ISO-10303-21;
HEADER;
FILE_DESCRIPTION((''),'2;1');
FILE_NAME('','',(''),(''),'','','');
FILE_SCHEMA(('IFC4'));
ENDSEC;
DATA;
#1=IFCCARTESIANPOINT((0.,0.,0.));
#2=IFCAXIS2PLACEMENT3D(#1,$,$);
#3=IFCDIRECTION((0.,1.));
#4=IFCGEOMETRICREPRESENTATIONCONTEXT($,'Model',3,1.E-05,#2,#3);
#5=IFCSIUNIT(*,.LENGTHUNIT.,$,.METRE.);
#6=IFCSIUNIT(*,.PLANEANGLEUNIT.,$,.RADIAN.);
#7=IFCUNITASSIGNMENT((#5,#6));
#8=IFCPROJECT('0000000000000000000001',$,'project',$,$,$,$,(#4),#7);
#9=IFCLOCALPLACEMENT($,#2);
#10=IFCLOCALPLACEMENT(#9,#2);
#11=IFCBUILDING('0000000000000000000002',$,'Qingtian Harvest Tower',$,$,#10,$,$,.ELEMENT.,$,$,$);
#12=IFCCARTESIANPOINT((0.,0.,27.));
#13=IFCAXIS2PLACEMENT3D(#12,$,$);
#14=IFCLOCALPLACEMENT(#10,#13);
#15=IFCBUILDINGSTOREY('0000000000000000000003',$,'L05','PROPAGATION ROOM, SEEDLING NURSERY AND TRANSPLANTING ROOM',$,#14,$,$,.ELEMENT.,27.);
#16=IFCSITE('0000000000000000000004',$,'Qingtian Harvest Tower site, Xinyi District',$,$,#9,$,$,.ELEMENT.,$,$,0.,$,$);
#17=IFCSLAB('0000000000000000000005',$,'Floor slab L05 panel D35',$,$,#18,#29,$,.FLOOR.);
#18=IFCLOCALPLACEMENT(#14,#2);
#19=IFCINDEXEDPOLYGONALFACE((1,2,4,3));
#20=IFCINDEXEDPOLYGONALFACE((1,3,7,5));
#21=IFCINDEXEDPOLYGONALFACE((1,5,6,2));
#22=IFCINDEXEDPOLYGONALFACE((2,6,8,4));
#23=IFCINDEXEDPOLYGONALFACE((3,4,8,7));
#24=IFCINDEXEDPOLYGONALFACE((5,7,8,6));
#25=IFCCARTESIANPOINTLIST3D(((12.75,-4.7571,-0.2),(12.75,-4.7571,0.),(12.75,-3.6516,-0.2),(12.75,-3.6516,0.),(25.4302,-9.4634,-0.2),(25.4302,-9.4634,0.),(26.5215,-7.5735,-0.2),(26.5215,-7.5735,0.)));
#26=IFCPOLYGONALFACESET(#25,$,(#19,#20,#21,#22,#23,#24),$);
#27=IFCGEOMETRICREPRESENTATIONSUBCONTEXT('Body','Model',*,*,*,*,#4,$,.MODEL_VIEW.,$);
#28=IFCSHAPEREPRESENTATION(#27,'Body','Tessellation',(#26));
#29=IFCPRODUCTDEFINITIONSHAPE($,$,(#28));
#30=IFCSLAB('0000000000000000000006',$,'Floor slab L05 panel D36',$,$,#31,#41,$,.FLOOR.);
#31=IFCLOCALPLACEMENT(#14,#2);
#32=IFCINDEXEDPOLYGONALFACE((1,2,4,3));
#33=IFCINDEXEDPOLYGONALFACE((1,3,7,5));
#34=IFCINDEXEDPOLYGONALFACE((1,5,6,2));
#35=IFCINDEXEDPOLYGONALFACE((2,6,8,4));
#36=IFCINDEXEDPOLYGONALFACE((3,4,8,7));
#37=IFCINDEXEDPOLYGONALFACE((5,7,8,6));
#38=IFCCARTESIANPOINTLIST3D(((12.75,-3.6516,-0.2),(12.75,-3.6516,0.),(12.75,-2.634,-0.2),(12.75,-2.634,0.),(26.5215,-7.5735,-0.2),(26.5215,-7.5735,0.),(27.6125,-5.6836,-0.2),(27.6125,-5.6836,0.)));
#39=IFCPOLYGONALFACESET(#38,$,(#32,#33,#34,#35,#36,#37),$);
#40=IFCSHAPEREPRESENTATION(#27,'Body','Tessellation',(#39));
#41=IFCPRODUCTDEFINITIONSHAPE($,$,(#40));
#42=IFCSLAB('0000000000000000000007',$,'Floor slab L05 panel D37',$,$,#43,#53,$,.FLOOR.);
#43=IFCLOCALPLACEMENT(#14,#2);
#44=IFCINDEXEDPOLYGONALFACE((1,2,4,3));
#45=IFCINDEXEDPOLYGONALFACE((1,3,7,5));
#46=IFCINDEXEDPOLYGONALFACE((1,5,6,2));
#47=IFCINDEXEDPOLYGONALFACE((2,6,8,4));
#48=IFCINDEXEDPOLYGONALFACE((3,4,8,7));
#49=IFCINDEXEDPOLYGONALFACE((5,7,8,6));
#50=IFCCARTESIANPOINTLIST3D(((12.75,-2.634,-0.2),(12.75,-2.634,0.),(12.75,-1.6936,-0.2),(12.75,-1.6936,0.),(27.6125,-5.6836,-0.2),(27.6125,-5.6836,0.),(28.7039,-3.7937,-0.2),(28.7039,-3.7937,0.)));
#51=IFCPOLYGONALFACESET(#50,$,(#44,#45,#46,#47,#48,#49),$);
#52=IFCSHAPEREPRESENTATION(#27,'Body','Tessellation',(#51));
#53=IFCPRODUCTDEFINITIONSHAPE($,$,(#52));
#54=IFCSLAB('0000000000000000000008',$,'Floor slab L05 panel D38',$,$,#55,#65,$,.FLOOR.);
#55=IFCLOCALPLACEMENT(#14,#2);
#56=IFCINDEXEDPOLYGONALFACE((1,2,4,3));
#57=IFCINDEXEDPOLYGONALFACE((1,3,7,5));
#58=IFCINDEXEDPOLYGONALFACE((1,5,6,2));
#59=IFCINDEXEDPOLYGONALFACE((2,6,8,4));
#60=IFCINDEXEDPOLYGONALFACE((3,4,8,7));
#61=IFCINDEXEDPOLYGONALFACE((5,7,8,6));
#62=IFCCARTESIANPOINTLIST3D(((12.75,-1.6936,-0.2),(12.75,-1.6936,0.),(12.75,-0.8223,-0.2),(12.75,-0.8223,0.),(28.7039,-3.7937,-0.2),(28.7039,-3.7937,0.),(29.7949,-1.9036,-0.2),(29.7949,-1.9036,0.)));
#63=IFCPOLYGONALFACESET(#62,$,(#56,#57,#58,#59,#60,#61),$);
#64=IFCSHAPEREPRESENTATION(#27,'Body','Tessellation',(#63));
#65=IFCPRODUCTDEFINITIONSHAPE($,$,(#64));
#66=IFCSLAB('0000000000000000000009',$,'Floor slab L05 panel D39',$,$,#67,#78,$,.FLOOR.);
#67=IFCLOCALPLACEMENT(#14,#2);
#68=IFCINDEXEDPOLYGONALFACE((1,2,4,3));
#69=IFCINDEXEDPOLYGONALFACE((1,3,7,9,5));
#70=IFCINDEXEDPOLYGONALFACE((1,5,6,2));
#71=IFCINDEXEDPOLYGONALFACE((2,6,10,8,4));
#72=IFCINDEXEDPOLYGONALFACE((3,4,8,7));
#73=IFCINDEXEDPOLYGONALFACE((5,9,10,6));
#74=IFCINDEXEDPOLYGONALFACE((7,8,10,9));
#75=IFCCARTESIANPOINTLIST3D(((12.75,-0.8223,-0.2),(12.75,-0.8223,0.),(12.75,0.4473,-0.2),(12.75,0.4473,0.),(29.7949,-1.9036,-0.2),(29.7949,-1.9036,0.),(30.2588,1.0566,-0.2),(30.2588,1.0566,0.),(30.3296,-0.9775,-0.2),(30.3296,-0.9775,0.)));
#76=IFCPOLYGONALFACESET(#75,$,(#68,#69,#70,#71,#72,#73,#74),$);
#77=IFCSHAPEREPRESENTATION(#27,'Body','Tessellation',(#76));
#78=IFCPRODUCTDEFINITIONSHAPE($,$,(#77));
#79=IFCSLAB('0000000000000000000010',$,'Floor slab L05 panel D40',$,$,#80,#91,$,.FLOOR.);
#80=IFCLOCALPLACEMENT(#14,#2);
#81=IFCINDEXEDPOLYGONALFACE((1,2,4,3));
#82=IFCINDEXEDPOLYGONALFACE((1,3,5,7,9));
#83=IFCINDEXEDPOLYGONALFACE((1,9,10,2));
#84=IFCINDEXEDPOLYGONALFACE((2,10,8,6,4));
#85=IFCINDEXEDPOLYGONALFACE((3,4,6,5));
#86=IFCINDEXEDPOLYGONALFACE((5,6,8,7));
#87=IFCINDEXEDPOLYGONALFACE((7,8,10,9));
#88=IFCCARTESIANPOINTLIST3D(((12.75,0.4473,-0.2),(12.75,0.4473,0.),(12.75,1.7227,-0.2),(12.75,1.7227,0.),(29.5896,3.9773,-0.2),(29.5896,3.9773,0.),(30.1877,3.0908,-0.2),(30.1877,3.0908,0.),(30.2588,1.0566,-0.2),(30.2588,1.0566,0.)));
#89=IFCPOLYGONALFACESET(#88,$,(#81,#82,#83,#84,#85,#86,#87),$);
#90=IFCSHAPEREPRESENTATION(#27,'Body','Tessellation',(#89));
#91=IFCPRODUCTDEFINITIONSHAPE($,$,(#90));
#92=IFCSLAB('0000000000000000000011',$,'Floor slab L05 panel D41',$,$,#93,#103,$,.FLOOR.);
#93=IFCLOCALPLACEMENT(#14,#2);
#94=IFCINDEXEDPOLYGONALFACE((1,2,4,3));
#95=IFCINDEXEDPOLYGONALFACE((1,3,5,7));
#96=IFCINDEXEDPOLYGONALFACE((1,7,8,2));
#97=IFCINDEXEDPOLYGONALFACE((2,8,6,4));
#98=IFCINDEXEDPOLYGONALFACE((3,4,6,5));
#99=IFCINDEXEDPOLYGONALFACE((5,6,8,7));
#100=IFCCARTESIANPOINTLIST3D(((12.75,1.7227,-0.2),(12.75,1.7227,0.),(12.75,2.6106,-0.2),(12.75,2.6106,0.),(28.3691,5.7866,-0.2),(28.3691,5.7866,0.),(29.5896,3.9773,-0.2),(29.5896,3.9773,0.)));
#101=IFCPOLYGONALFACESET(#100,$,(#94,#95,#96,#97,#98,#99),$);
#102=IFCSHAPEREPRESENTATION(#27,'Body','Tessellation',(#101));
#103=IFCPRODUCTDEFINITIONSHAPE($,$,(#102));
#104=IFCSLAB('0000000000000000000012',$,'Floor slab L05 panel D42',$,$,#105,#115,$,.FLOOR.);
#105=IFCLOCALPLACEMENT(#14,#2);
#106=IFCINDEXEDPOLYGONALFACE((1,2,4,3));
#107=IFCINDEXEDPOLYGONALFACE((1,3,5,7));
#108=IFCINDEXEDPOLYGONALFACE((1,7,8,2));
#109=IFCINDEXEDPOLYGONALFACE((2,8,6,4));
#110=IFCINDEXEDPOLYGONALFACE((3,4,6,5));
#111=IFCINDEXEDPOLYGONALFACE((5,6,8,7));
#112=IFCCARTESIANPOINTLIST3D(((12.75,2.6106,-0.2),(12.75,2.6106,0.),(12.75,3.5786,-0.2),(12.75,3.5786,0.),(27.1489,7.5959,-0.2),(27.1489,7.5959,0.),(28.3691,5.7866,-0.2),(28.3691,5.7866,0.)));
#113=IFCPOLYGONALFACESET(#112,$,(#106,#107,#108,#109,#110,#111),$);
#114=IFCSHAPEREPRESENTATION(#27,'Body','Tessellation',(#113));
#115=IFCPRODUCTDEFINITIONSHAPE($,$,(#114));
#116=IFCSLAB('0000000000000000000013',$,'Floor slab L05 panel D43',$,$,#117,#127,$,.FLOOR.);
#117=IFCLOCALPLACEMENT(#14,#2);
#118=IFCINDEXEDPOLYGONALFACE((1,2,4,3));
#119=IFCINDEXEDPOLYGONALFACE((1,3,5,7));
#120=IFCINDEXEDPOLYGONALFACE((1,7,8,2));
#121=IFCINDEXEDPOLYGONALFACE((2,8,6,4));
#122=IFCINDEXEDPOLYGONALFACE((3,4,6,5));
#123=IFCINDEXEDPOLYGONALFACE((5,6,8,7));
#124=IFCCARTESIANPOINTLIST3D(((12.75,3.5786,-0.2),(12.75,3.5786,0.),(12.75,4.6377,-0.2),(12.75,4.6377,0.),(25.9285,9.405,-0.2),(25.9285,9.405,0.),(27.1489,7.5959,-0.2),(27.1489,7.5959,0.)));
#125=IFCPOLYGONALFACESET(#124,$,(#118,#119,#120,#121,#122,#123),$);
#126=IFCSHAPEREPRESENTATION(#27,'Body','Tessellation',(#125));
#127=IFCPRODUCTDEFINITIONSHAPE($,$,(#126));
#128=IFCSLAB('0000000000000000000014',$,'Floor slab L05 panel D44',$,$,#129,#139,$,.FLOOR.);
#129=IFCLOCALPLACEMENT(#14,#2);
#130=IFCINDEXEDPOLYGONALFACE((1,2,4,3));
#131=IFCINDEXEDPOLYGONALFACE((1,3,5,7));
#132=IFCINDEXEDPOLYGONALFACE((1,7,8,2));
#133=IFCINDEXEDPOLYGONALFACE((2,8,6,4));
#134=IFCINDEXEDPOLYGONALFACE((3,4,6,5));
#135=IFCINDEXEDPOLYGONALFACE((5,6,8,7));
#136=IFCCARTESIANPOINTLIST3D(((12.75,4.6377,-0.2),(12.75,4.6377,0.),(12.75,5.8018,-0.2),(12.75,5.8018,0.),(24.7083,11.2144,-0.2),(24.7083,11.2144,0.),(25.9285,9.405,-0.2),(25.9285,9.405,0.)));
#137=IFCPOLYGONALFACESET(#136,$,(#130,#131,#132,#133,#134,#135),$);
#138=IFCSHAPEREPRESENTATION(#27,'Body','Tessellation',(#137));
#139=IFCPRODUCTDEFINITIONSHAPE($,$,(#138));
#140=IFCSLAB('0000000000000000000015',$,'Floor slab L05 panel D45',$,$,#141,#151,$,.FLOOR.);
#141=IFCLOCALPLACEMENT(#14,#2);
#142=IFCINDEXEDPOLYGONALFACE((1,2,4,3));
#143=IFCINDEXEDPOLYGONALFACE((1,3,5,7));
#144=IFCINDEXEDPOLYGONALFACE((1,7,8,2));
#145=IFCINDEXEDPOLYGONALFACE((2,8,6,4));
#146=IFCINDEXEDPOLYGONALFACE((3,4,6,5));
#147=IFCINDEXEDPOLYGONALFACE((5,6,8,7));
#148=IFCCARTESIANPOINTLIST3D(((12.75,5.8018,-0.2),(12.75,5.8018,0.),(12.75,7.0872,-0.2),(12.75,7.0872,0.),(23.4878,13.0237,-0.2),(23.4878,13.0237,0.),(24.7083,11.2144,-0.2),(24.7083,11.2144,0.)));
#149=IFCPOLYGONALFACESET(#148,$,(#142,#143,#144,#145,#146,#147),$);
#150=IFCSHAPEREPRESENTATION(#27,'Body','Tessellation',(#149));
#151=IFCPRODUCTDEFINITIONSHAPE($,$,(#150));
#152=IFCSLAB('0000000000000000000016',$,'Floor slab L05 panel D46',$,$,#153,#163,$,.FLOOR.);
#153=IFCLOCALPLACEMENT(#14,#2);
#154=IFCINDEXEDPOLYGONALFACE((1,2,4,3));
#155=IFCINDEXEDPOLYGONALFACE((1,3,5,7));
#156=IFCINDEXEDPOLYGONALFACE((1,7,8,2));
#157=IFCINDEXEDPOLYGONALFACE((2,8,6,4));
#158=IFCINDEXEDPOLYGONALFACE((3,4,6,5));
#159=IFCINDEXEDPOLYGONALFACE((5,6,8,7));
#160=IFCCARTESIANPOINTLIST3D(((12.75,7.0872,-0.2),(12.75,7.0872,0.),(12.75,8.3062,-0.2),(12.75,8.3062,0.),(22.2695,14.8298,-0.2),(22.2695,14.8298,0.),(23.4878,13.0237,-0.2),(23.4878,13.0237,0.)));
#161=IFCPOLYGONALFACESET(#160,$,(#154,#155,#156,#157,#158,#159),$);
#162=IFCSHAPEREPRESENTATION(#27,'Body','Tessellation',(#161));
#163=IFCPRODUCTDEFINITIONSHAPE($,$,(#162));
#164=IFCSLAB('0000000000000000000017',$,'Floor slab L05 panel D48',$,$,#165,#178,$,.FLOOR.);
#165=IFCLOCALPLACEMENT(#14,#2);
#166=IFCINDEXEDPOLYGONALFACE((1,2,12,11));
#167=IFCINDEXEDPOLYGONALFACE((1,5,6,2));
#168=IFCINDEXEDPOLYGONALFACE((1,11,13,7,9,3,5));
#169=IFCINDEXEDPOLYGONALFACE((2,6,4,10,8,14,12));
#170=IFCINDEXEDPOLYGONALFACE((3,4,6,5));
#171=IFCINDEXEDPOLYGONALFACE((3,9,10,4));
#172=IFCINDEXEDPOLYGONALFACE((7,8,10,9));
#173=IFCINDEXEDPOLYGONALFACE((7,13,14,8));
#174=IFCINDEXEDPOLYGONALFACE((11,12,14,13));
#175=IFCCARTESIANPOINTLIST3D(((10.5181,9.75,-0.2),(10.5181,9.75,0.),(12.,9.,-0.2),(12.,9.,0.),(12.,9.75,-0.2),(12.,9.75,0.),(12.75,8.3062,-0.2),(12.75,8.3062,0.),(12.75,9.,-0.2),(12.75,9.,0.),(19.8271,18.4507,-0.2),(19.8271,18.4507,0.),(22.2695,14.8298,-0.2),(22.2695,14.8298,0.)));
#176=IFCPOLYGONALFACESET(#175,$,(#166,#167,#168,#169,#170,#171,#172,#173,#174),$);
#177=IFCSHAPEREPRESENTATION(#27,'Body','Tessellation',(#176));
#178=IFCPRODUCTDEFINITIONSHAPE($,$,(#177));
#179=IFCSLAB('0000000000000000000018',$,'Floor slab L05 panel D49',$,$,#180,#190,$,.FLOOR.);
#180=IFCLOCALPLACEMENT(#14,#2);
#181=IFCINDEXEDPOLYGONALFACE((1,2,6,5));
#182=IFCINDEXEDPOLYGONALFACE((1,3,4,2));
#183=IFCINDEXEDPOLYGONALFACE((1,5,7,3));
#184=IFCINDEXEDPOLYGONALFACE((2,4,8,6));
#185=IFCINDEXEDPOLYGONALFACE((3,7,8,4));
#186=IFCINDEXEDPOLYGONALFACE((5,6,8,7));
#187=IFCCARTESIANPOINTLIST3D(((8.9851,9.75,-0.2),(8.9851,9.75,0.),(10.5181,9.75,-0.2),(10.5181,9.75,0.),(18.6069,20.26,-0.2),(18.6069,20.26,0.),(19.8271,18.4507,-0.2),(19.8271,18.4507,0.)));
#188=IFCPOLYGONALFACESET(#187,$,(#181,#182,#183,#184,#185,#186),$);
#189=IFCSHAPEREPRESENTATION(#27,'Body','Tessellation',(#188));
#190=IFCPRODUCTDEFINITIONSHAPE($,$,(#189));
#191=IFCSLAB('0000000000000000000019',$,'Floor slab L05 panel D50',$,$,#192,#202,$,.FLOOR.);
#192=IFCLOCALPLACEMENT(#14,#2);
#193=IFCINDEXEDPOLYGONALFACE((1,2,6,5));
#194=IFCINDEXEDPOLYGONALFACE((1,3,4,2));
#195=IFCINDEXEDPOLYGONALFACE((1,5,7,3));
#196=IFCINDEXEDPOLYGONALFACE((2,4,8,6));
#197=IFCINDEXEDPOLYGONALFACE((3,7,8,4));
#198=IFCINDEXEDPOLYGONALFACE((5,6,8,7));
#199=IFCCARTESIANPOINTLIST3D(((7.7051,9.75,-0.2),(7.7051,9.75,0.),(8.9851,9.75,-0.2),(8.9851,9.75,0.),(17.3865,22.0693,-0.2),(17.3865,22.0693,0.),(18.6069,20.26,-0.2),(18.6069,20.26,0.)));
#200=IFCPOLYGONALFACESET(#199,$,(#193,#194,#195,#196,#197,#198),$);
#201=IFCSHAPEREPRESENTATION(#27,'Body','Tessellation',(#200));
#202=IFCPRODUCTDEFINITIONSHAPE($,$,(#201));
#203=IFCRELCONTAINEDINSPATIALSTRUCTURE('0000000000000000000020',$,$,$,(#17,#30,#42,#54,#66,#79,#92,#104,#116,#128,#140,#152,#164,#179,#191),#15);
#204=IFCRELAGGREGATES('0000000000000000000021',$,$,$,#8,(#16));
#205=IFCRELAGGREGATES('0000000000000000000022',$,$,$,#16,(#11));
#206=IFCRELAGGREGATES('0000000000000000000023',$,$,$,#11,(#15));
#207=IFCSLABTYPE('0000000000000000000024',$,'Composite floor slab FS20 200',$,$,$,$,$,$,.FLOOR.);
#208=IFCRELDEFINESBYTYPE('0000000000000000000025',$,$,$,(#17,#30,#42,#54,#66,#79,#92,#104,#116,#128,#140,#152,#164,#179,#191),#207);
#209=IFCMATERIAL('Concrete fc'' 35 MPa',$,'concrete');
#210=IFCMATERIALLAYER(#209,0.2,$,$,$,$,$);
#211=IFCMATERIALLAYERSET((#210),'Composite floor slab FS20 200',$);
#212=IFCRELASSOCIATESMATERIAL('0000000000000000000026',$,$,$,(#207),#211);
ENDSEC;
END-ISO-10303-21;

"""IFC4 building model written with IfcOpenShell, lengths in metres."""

from ifc_helpers import new_model, si_unit, direction, frame, origin, place, context, subcontext, project, spatial, polyline, outline, extrude, material, layer, layer_set, type_object, element, save


model = new_model("IFC4")

# Units and contexts
model_context = context("Model", 3, precision=1e-05, world=origin(), true_north=direction((0.0, 1.0)))
body_context = subcontext(model_context, "Body", "Model", "MODEL_VIEW")
ifc_project = project(units=[si_unit("LENGTHUNIT", "METRE"), si_unit("PLANEANGLEUNIT", "RADIAN")], contexts=[model_context])

# Site, building, storey
site_placement = place(None, origin())
site = spatial("IfcSite", under=ifc_project, at=site_placement, Name="Qingtian Harvest Tower site, Xinyi District", CompositionType="ELEMENT", RefElevation=0.0)
building_placement = place(site_placement, origin())
building = spatial("IfcBuilding", under=site, at=building_placement, Name="Qingtian Harvest Tower", CompositionType="ELEMENT")
storey_placement = place(building_placement, frame((0.0, 0.0, 27.0)))
storey = spatial("IfcBuildingStorey", under=building, at=storey_placement, Name="L05", Description="PROPAGATION ROOM, SEEDLING NURSERY AND TRANSPLANTING ROOM", CompositionType="ELEMENT", Elevation=27.0)

# Slabs
ifc_material_1 = material(Name="Concrete fc' 35 MPa", Category="concrete")
ifc_layer_1 = layer(ifc_material_1, 0.2)
ifc_layer_set_1 = layer_set([ifc_layer_1], Name="Composite floor slab FS20 200")
slab_type = type_object("IfcSlabType", Name="Composite floor slab FS20 200", PredefinedType="FLOOR", material=ifc_layer_set_1)
slab_1_placement = place(storey_placement, frame((0.0, 0.0, -0.2)))
element("IfcSlab", 1, at=slab_1_placement, inside=storey, type_object=slab_type, Name="Floor slab L05 panel D35", PredefinedType="FLOOR", context=body_context, shape_type="SweptSolid", body=[
    extrude(outline(polyline([(12.75, -3.6516), (26.5215, -7.5735), (25.4302, -9.4634), (12.75, -4.7571), (12.75, -3.6516)])), origin(), (0.0, 0.0, 1.0), 0.2),
])
slab_2_placement = place(storey_placement, frame((0.0, 0.0, -0.2)))
element("IfcSlab", 2, at=slab_2_placement, inside=storey, type_object=slab_type, Name="Floor slab L05 panel D36", PredefinedType="FLOOR", context=body_context, shape_type="SweptSolid", body=[
    extrude(outline(polyline([(12.75, -2.634), (27.6125, -5.6836), (26.5215, -7.5735), (12.75, -3.6516), (12.75, -2.634)])), origin(), (0.0, 0.0, 1.0), 0.2),
])
slab_3_placement = place(storey_placement, frame((0.0, 0.0, -0.2)))
element("IfcSlab", 3, at=slab_3_placement, inside=storey, type_object=slab_type, Name="Floor slab L05 panel D37", PredefinedType="FLOOR", context=body_context, shape_type="SweptSolid", body=[
    extrude(outline(polyline([(12.75, -1.6936), (28.7039, -3.7937), (27.6125, -5.6836), (12.75, -2.634), (12.75, -1.6936)])), origin(), (0.0, 0.0, 1.0), 0.2),
])
slab_4_placement = place(storey_placement, frame((0.0, 0.0, -0.2)))
element("IfcSlab", 4, at=slab_4_placement, inside=storey, type_object=slab_type, Name="Floor slab L05 panel D38", PredefinedType="FLOOR", context=body_context, shape_type="SweptSolid", body=[
    extrude(outline(polyline([(12.75, -0.8223), (29.7949, -1.9036), (28.7039, -3.7937), (12.75, -1.6936), (12.75, -0.8223)])), origin(), (0.0, 0.0, 1.0), 0.2),
])
slab_5_placement = place(storey_placement, frame((0.0, 0.0, -0.2)))
element("IfcSlab", 5, at=slab_5_placement, inside=storey, type_object=slab_type, Name="Floor slab L05 panel D39", PredefinedType="FLOOR", context=body_context, shape_type="SweptSolid", body=[
    extrude(outline(polyline([(12.75, -0.8223), (12.75, 0.4473), (30.2588, 1.0566), (30.3296, -0.9775), (29.7949, -1.9036), (12.75, -0.8223)])), origin(), (0.0, 0.0, 1.0), 0.2),
])
slab_6_placement = place(storey_placement, frame((0.0, 0.0, -0.2)))
element("IfcSlab", 6, at=slab_6_placement, inside=storey, type_object=slab_type, Name="Floor slab L05 panel D40", PredefinedType="FLOOR", context=body_context, shape_type="SweptSolid", body=[
    extrude(outline(polyline([(12.75, 0.4473), (12.75, 1.7227), (29.5896, 3.9773), (30.1877, 3.0908), (30.2588, 1.0566), (12.75, 0.4473)])), origin(), (0.0, 0.0, 1.0), 0.2),
])
slab_7_placement = place(storey_placement, frame((0.0, 0.0, -0.2)))
element("IfcSlab", 7, at=slab_7_placement, inside=storey, type_object=slab_type, Name="Floor slab L05 panel D41", PredefinedType="FLOOR", context=body_context, shape_type="SweptSolid", body=[
    extrude(outline(polyline([(12.75, 2.6106), (28.3691, 5.7866), (29.5896, 3.9773), (12.75, 1.7227), (12.75, 2.6106)])), origin(), (0.0, 0.0, 1.0), 0.2),
])
slab_8_placement = place(storey_placement, frame((0.0, 0.0, -0.2)))
element("IfcSlab", 8, at=slab_8_placement, inside=storey, type_object=slab_type, Name="Floor slab L05 panel D42", PredefinedType="FLOOR", context=body_context, shape_type="SweptSolid", body=[
    extrude(outline(polyline([(12.75, 3.5786), (27.1489, 7.5959), (28.3691, 5.7866), (12.75, 2.6106), (12.75, 3.5786)])), origin(), (0.0, 0.0, 1.0), 0.2),
])
slab_9_placement = place(storey_placement, frame((0.0, 0.0, -0.2)))
element("IfcSlab", 9, at=slab_9_placement, inside=storey, type_object=slab_type, Name="Floor slab L05 panel D43", PredefinedType="FLOOR", context=body_context, shape_type="SweptSolid", body=[
    extrude(outline(polyline([(12.75, 4.6377), (25.9285, 9.405), (27.1489, 7.5959), (12.75, 3.5786), (12.75, 4.6377)])), origin(), (0.0, 0.0, 1.0), 0.2),
])
slab_10_placement = place(storey_placement, frame((0.0, 0.0, -0.2)))
element("IfcSlab", 10, at=slab_10_placement, inside=storey, type_object=slab_type, Name="Floor slab L05 panel D44", PredefinedType="FLOOR", context=body_context, shape_type="SweptSolid", body=[
    extrude(outline(polyline([(12.75, 5.8018), (24.7083, 11.2144), (25.9285, 9.405), (12.75, 4.6377), (12.75, 5.8018)])), origin(), (0.0, 0.0, 1.0), 0.2),
])
slab_11_placement = place(storey_placement, frame((0.0, 0.0, -0.2)))
element("IfcSlab", 11, at=slab_11_placement, inside=storey, type_object=slab_type, Name="Floor slab L05 panel D45", PredefinedType="FLOOR", context=body_context, shape_type="SweptSolid", body=[
    extrude(outline(polyline([(12.75, 7.0872), (23.4878, 13.0237), (24.7083, 11.2144), (12.75, 5.8018), (12.75, 7.0872)])), origin(), (0.0, 0.0, 1.0), 0.2),
])
slab_12_placement = place(storey_placement, frame((0.0, 0.0, -0.2)))
element("IfcSlab", 12, at=slab_12_placement, inside=storey, type_object=slab_type, Name="Floor slab L05 panel D46", PredefinedType="FLOOR", context=body_context, shape_type="SweptSolid", body=[
    extrude(outline(polyline([(12.75, 8.3062), (22.2695, 14.8298), (23.4878, 13.0237), (12.75, 7.0872), (12.75, 8.3062)])), origin(), (0.0, 0.0, 1.0), 0.2),
])
slab_13_placement = place(storey_placement, frame((0.0, 0.0, -0.2)))
element("IfcSlab", 13, at=slab_13_placement, inside=storey, type_object=slab_type, Name="Floor slab L05 panel D48", PredefinedType="FLOOR", context=body_context, shape_type="SweptSolid", body=[
    extrude(outline(polyline([(19.8271, 18.4507), (22.2695, 14.8298), (12.75, 8.3062), (12.75, 9.0), (12.0, 9.0), (12.0, 9.75), (10.5181, 9.75), (19.8271, 18.4507)])), origin(), (0.0, 0.0, 1.0), 0.2),
])
slab_14_placement = place(storey_placement, frame((0.0, 0.0, -0.2)))
element("IfcSlab", 14, at=slab_14_placement, inside=storey, type_object=slab_type, Name="Floor slab L05 panel D49", PredefinedType="FLOOR", context=body_context, shape_type="SweptSolid", body=[
    extrude(outline(polyline([(8.9851, 9.75), (18.6069, 20.26), (19.8271, 18.4507), (10.5181, 9.75), (8.9851, 9.75)])), origin(), (0.0, 0.0, 1.0), 0.2),
])
slab_15_placement = place(storey_placement, frame((0.0, 0.0, -0.2)))
element("IfcSlab", 15, at=slab_15_placement, inside=storey, type_object=slab_type, Name="Floor slab L05 panel D50", PredefinedType="FLOOR", context=body_context, shape_type="SweptSolid", body=[
    extrude(outline(polyline([(7.7051, 9.75), (17.3865, 22.0693), (18.6069, 20.26), (8.9851, 9.75), (7.7051, 9.75)])), origin(), (0.0, 0.0, 1.0), 0.2),
])

save(model, "model.ifc")
